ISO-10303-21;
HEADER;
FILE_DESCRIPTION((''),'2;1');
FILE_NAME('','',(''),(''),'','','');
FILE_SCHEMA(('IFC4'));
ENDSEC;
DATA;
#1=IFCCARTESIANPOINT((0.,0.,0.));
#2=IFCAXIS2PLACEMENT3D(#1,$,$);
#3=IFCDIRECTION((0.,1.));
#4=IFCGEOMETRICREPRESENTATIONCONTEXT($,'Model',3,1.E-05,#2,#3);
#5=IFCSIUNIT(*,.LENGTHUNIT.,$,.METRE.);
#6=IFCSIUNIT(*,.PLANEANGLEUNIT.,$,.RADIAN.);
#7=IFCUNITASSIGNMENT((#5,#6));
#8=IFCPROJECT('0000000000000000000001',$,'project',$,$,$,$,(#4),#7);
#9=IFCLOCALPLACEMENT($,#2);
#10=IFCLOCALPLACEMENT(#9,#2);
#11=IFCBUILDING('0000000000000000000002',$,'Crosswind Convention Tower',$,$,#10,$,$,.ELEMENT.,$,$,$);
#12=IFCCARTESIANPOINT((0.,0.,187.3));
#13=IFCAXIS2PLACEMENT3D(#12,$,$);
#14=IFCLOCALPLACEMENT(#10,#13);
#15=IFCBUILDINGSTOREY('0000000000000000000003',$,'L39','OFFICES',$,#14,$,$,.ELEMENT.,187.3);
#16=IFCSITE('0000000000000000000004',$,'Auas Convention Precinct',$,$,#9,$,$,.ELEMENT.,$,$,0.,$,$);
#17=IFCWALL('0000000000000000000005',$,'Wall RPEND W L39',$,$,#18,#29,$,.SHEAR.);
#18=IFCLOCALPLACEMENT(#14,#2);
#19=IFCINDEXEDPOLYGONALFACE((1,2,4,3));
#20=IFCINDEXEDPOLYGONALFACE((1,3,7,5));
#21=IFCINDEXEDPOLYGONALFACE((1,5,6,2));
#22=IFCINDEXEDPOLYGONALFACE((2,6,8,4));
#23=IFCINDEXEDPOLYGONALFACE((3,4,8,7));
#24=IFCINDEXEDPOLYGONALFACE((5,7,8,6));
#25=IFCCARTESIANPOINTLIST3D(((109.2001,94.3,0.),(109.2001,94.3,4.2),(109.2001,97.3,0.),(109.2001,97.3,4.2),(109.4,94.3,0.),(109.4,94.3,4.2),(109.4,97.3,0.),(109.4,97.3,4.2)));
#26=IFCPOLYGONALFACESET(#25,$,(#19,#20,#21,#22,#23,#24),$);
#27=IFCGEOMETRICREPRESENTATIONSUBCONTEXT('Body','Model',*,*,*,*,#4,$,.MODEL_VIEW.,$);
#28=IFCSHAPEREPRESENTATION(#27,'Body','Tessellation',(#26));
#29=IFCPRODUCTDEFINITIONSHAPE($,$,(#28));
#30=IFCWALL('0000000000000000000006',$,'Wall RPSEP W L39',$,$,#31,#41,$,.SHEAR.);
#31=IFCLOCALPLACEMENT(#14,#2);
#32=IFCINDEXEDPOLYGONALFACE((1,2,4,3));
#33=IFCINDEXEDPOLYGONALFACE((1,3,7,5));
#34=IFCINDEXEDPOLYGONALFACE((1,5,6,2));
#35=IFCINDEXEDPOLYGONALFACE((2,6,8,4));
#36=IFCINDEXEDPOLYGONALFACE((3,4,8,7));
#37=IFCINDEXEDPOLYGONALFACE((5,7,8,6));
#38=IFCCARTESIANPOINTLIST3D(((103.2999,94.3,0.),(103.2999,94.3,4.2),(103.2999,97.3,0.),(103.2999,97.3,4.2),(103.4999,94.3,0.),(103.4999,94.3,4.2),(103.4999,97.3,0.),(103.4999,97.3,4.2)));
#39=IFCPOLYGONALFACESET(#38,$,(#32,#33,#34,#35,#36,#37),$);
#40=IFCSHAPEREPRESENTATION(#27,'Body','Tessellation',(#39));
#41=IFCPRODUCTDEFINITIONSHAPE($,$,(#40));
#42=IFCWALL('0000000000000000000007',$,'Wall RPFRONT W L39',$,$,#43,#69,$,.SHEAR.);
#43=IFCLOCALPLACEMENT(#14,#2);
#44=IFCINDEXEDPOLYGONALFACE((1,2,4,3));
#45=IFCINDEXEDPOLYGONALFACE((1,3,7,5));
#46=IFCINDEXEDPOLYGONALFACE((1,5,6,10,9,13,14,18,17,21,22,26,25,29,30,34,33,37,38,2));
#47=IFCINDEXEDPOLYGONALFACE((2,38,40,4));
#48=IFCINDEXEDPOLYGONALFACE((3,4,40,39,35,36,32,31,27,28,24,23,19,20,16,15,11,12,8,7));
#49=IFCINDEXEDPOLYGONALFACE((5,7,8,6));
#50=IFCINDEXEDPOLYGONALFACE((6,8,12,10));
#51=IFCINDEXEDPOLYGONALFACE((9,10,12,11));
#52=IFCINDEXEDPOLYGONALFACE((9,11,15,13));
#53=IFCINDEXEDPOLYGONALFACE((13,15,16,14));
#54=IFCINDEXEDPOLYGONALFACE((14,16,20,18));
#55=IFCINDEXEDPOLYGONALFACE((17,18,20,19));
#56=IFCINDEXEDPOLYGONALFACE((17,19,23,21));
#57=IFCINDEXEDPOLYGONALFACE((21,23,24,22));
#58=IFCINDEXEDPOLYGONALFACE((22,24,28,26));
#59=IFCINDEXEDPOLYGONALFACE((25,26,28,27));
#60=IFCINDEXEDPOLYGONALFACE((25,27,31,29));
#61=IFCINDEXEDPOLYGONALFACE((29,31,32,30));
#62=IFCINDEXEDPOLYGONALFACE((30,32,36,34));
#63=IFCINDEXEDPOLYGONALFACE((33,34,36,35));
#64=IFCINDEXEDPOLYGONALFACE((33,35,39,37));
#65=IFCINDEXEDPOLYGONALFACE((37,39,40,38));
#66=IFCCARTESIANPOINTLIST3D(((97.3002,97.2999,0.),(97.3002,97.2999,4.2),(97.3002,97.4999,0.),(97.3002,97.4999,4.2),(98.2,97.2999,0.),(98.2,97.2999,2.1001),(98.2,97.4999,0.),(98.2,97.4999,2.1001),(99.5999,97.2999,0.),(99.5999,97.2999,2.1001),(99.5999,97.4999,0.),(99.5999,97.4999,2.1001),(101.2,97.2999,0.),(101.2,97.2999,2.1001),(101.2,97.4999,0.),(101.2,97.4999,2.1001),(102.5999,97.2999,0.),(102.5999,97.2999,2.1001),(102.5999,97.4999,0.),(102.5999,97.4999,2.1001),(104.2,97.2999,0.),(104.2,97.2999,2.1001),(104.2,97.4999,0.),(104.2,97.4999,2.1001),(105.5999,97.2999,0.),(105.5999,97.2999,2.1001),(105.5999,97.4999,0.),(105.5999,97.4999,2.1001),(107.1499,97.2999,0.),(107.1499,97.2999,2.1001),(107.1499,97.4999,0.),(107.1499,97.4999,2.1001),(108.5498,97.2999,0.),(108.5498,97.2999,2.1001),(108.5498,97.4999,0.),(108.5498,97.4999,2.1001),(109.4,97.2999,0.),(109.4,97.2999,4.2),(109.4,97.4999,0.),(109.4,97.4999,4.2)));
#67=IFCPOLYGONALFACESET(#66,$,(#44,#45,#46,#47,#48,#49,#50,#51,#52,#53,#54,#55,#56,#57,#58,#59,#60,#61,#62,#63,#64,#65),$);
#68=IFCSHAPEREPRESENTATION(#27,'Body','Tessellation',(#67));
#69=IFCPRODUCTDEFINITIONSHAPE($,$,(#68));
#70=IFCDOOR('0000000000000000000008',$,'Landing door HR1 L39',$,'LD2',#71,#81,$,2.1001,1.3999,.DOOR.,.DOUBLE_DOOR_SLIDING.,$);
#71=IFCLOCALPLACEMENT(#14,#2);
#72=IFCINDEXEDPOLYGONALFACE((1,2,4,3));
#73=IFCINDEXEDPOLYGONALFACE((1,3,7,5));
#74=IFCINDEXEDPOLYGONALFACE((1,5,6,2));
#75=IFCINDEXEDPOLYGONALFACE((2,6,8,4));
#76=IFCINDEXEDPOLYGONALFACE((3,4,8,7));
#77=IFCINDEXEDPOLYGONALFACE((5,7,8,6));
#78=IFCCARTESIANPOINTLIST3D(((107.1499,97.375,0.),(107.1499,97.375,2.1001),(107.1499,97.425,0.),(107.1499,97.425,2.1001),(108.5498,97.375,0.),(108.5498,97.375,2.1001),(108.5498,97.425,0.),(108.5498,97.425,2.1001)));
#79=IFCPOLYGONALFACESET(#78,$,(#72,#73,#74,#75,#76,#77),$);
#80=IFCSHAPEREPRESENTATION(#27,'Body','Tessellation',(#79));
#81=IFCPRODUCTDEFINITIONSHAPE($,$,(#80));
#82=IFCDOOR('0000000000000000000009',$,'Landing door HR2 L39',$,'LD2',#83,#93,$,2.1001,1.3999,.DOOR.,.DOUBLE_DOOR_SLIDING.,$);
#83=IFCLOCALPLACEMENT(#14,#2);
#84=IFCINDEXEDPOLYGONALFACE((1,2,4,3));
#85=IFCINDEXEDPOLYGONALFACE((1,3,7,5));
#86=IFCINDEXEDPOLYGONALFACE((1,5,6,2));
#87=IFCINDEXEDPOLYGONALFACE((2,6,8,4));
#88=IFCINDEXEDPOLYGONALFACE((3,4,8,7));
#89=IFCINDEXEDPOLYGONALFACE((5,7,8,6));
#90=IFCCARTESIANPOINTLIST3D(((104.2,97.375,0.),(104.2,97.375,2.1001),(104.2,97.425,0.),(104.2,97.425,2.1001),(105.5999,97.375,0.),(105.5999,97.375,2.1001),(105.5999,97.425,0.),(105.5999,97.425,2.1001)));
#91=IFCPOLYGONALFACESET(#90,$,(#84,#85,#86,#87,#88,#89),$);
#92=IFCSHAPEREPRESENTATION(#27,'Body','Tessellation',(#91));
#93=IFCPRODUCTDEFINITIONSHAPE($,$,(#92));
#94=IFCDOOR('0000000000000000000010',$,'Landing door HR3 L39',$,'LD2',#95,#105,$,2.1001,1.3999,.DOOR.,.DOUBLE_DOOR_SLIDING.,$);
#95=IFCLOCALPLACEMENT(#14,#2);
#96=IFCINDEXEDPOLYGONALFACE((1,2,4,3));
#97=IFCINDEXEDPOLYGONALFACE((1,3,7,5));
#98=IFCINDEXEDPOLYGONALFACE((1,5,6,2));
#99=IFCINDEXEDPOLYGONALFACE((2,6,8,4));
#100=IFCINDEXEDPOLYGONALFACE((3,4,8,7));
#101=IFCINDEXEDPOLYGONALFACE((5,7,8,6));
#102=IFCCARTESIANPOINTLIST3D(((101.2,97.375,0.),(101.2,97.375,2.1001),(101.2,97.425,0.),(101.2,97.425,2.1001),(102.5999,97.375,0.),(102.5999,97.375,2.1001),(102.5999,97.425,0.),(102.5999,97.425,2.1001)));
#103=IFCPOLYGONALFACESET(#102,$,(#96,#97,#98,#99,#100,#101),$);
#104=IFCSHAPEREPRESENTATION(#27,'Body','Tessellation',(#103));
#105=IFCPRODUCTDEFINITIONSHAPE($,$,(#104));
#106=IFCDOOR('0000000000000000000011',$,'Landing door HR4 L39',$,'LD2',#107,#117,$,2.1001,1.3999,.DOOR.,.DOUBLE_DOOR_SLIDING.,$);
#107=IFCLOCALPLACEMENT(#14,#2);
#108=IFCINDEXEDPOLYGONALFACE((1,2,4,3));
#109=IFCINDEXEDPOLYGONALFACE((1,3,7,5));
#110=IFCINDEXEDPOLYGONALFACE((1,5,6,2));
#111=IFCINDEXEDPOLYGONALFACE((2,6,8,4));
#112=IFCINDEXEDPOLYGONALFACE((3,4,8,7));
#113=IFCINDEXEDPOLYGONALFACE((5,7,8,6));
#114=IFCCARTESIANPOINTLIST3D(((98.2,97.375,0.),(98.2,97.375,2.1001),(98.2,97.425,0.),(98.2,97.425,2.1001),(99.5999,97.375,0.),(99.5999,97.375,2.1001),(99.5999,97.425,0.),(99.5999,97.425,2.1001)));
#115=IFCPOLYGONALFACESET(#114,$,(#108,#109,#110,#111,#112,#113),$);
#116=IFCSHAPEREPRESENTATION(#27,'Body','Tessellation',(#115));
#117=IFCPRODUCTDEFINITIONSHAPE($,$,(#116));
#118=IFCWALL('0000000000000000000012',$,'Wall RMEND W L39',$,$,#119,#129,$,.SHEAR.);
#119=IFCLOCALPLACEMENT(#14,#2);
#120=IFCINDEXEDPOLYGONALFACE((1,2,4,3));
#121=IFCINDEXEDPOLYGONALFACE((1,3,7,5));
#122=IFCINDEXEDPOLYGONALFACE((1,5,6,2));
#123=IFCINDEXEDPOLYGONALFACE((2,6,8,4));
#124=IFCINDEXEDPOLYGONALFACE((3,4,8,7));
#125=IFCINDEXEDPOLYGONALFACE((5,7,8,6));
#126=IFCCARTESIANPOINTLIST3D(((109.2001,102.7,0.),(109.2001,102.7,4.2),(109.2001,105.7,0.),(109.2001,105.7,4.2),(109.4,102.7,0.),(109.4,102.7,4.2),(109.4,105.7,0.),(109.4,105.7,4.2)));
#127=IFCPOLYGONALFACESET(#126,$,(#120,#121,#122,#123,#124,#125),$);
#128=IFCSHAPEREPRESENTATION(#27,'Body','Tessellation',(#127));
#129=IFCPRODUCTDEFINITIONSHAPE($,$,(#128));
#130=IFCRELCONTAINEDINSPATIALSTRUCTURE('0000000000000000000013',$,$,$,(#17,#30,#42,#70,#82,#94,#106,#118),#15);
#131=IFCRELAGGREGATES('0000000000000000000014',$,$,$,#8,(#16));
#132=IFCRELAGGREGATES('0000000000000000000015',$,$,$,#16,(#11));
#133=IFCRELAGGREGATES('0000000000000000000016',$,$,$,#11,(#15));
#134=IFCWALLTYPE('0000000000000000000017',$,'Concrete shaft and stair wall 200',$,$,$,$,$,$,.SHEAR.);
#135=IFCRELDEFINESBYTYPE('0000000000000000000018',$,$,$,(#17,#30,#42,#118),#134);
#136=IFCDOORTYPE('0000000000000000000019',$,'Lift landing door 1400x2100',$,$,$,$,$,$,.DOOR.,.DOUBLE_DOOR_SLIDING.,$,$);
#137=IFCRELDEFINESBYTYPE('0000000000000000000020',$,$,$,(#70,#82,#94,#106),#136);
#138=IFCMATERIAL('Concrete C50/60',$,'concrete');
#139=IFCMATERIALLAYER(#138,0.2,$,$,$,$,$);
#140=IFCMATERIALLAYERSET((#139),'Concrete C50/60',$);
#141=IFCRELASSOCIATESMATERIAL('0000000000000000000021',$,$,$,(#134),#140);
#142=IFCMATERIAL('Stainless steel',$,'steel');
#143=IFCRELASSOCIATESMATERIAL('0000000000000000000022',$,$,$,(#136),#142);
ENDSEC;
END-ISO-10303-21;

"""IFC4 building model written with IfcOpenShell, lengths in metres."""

from ifc_helpers import new_model, si_unit, direction, frame, frame_2d, origin, place, context, subcontext, project, spatial, rectangle, extrude, material, layer, layer_set, type_object, element, fill, save


model = new_model("IFC4")

# Units and contexts
model_context = context("Model", 3, precision=1e-05, world=origin(), true_north=direction((0.0, 1.0)))
body_context = subcontext(model_context, "Body", "Model", "MODEL_VIEW")
ifc_project = project(units=[si_unit("LENGTHUNIT", "METRE"), si_unit("PLANEANGLEUNIT", "RADIAN")], contexts=[model_context])

# Site, building, storey
site_placement = place(None, origin())
site = spatial("IfcSite", under=ifc_project, at=site_placement, Name="Auas Convention Precinct", CompositionType="ELEMENT", RefElevation=0.0)
building_placement = place(site_placement, origin())
building = spatial("IfcBuilding", under=site, at=building_placement, Name="Crosswind Convention Tower", CompositionType="ELEMENT")
storey_placement = place(building_placement, frame((0.0, 0.0, 187.3)))
storey = spatial("IfcBuildingStorey", under=building, at=storey_placement, Name="L39", Description="OFFICES", CompositionType="ELEMENT", Elevation=187.3)

# Walls
ifc_material_1 = material(Name="Concrete C50/60", Category="concrete")
ifc_layer_1 = layer(ifc_material_1, 0.2)
ifc_layer_set_1 = layer_set([ifc_layer_1], Name="Concrete C50/60")
wall_type_1 = type_object("IfcWallType", Name="Concrete shaft and stair wall 200", PredefinedType="SHEAR", material=ifc_layer_set_1)
for number, where, z_axis, x_axis, name in (
    (1, (109.3, 97.3, 0.0), (0.0, 0.0, 1.0), (0.0, -1.0, 0.0), "Wall RPEND W L39"),
    (2, (103.3999, 97.3, 0.0), (0.0, 0.0, 1.0), (0.0, -1.0, 0.0), "Wall RPSEP W L39"),
):
    element("IfcWall", number, at=place(storey_placement, frame(where, z_axis=z_axis, x_axis=x_axis)), inside=storey, type_object=wall_type_1, Name=name, PredefinedType="SHEAR", context=body_context, shape_type="SweptSolid", body=[
        extrude(rectangle(XDim=3.0, YDim=0.2, at=frame_2d((1.5, 0.0))), origin(), (0.0, 0.0, 1.0), 4.2),
    ])

# Wall, openings, doors
wall_1_placement = place(storey_placement, frame((109.3999, 97.3999, 0.0), z_axis=(0.0, 0.0, 1.0), x_axis=(-1.0, 0.0, 0.0)))
wall_1 = element("IfcWall", 3, at=wall_1_placement, inside=storey, type_object=wall_type_1, Name="Wall RPFRONT W L39", PredefinedType="SHEAR", context=body_context, shape_type="SweptSolid", body=[
    extrude(rectangle(XDim=12.0999, YDim=0.2, at=frame_2d((6.0498, 0.0))), origin(), (0.0, 0.0, 1.0), 4.2),
])
opening_1_placement = place(wall_1_placement, frame((0.8501, 0.0, 0.0)))
opening_1 = element("IfcOpeningElement", 4, at=opening_1_placement, cuts=wall_1, PredefinedType="OPENING", context=body_context, shape_type="SweptSolid", body=[
    extrude(rectangle(XDim=1.3999, YDim=2.1001, at=frame_2d((0.7, 1.05))), frame((0.0, 0.1099, 0.0), z_axis=(0.0, -1.0, 0.0), x_axis=(1.0, 0.0, 0.0)), (0.0, 0.0, 1.0), 0.22),
])
opening_2_placement = place(wall_1_placement, frame((3.8, 0.0, 0.0)))
opening_2 = element("IfcOpeningElement", 5, at=opening_2_placement, cuts=wall_1, PredefinedType="OPENING", context=body_context, shape_type="SweptSolid", body=[
    extrude(rectangle(XDim=1.3999, YDim=2.1001, at=frame_2d((0.7, 1.05))), frame((0.0, 0.1099, 0.0), z_axis=(0.0, -1.0, 0.0), x_axis=(1.0, 0.0, 0.0)), (0.0, 0.0, 1.0), 0.22),
])
opening_3_placement = place(wall_1_placement, frame((6.8, 0.0, 0.0)))
opening_3 = element("IfcOpeningElement", 6, at=opening_3_placement, cuts=wall_1, PredefinedType="OPENING", context=body_context, shape_type="SweptSolid", body=[
    extrude(rectangle(XDim=1.3999, YDim=2.1001, at=frame_2d((0.7, 1.05))), frame((0.0, 0.1099, 0.0), z_axis=(0.0, -1.0, 0.0), x_axis=(1.0, 0.0, 0.0)), (0.0, 0.0, 1.0), 0.22),
])
opening_4_placement = place(wall_1_placement, frame((9.8, 0.0, 0.0)))
opening_4 = element("IfcOpeningElement", 7, at=opening_4_placement, cuts=wall_1, PredefinedType="OPENING", context=body_context, shape_type="SweptSolid", body=[
    extrude(rectangle(XDim=1.3999, YDim=2.1001, at=frame_2d((0.7, 1.05))), frame((0.0, 0.1099, 0.0), z_axis=(0.0, -1.0, 0.0), x_axis=(1.0, 0.0, 0.0)), (0.0, 0.0, 1.0), 0.22),
])
ifc_material_2 = material(Name="Stainless steel", Category="steel")
door_type_1 = type_object("IfcDoorType", Name="Lift landing door 1400x2100", OperationType="DOUBLE_DOOR_SLIDING", PredefinedType="DOOR", material=ifc_material_2)
door_1_placement = place(opening_1_placement, origin())
door_1 = element("IfcDoor", 8, at=door_1_placement, inside=storey, type_object=door_type_1, Name="Landing door HR1 L39", ObjectType="LD2", OperationType="DOUBLE_DOOR_SLIDING", OverallHeight=2.1001, OverallWidth=1.3999, PredefinedType="DOOR", context=body_context, shape_type="SweptSolid", body=[
    extrude(rectangle(XDim=1.3999, YDim=2.1001, at=frame_2d((0.7, 1.05))), frame((0.0, 0.0249, 0.0), z_axis=(0.0, -1.0, 0.0), x_axis=(1.0, 0.0, 0.0)), (0.0, 0.0, 1.0), 0.05),
])
fill(opening_1, door_1)
door_2_placement = place(opening_2_placement, origin())
door_2 = element("IfcDoor", 9, at=door_2_placement, inside=storey, type_object=door_type_1, Name="Landing door HR2 L39", ObjectType="LD2", OperationType="DOUBLE_DOOR_SLIDING", OverallHeight=2.1001, OverallWidth=1.3999, PredefinedType="DOOR", context=body_context, shape_type="SweptSolid", body=[
    extrude(rectangle(XDim=1.3999, YDim=2.1001, at=frame_2d((0.7, 1.05))), frame((0.0, 0.0249, 0.0), z_axis=(0.0, -1.0, 0.0), x_axis=(1.0, 0.0, 0.0)), (0.0, 0.0, 1.0), 0.05),
])
fill(opening_2, door_2)
door_3_placement = place(opening_3_placement, origin())
door_3 = element("IfcDoor", 10, at=door_3_placement, inside=storey, type_object=door_type_1, Name="Landing door HR3 L39", ObjectType="LD2", OperationType="DOUBLE_DOOR_SLIDING", OverallHeight=2.1001, OverallWidth=1.3999, PredefinedType="DOOR", context=body_context, shape_type="SweptSolid", body=[
    extrude(rectangle(XDim=1.3999, YDim=2.1001, at=frame_2d((0.7, 1.05))), frame((0.0, 0.0249, 0.0), z_axis=(0.0, -1.0, 0.0), x_axis=(1.0, 0.0, 0.0)), (0.0, 0.0, 1.0), 0.05),
])
fill(opening_3, door_3)
door_4_placement = place(opening_4_placement, origin())
door_4 = element("IfcDoor", 11, at=door_4_placement, inside=storey, type_object=door_type_1, Name="Landing door HR4 L39", ObjectType="LD2", OperationType="DOUBLE_DOOR_SLIDING", OverallHeight=2.1001, OverallWidth=1.3999, PredefinedType="DOOR", context=body_context, shape_type="SweptSolid", body=[
    extrude(rectangle(XDim=1.3999, YDim=2.1001, at=frame_2d((0.7, 1.05))), frame((0.0, 0.0249, 0.0), z_axis=(0.0, -1.0, 0.0), x_axis=(1.0, 0.0, 0.0)), (0.0, 0.0, 1.0), 0.05),
])
fill(opening_4, door_4)

# Wall
wall_2_placement = place(storey_placement, frame((109.3, 105.7, 0.0), z_axis=(0.0, 0.0, 1.0), x_axis=(0.0, -1.0, 0.0)))
element("IfcWall", 12, at=wall_2_placement, inside=storey, type_object=wall_type_1, Name="Wall RMEND W L39", PredefinedType="SHEAR", context=body_context, shape_type="SweptSolid", body=[
    extrude(rectangle(XDim=3.0, YDim=0.2, at=frame_2d((1.5, 0.0))), origin(), (0.0, 0.0, 1.0), 4.2),
])

save(model, "model.ifc")
